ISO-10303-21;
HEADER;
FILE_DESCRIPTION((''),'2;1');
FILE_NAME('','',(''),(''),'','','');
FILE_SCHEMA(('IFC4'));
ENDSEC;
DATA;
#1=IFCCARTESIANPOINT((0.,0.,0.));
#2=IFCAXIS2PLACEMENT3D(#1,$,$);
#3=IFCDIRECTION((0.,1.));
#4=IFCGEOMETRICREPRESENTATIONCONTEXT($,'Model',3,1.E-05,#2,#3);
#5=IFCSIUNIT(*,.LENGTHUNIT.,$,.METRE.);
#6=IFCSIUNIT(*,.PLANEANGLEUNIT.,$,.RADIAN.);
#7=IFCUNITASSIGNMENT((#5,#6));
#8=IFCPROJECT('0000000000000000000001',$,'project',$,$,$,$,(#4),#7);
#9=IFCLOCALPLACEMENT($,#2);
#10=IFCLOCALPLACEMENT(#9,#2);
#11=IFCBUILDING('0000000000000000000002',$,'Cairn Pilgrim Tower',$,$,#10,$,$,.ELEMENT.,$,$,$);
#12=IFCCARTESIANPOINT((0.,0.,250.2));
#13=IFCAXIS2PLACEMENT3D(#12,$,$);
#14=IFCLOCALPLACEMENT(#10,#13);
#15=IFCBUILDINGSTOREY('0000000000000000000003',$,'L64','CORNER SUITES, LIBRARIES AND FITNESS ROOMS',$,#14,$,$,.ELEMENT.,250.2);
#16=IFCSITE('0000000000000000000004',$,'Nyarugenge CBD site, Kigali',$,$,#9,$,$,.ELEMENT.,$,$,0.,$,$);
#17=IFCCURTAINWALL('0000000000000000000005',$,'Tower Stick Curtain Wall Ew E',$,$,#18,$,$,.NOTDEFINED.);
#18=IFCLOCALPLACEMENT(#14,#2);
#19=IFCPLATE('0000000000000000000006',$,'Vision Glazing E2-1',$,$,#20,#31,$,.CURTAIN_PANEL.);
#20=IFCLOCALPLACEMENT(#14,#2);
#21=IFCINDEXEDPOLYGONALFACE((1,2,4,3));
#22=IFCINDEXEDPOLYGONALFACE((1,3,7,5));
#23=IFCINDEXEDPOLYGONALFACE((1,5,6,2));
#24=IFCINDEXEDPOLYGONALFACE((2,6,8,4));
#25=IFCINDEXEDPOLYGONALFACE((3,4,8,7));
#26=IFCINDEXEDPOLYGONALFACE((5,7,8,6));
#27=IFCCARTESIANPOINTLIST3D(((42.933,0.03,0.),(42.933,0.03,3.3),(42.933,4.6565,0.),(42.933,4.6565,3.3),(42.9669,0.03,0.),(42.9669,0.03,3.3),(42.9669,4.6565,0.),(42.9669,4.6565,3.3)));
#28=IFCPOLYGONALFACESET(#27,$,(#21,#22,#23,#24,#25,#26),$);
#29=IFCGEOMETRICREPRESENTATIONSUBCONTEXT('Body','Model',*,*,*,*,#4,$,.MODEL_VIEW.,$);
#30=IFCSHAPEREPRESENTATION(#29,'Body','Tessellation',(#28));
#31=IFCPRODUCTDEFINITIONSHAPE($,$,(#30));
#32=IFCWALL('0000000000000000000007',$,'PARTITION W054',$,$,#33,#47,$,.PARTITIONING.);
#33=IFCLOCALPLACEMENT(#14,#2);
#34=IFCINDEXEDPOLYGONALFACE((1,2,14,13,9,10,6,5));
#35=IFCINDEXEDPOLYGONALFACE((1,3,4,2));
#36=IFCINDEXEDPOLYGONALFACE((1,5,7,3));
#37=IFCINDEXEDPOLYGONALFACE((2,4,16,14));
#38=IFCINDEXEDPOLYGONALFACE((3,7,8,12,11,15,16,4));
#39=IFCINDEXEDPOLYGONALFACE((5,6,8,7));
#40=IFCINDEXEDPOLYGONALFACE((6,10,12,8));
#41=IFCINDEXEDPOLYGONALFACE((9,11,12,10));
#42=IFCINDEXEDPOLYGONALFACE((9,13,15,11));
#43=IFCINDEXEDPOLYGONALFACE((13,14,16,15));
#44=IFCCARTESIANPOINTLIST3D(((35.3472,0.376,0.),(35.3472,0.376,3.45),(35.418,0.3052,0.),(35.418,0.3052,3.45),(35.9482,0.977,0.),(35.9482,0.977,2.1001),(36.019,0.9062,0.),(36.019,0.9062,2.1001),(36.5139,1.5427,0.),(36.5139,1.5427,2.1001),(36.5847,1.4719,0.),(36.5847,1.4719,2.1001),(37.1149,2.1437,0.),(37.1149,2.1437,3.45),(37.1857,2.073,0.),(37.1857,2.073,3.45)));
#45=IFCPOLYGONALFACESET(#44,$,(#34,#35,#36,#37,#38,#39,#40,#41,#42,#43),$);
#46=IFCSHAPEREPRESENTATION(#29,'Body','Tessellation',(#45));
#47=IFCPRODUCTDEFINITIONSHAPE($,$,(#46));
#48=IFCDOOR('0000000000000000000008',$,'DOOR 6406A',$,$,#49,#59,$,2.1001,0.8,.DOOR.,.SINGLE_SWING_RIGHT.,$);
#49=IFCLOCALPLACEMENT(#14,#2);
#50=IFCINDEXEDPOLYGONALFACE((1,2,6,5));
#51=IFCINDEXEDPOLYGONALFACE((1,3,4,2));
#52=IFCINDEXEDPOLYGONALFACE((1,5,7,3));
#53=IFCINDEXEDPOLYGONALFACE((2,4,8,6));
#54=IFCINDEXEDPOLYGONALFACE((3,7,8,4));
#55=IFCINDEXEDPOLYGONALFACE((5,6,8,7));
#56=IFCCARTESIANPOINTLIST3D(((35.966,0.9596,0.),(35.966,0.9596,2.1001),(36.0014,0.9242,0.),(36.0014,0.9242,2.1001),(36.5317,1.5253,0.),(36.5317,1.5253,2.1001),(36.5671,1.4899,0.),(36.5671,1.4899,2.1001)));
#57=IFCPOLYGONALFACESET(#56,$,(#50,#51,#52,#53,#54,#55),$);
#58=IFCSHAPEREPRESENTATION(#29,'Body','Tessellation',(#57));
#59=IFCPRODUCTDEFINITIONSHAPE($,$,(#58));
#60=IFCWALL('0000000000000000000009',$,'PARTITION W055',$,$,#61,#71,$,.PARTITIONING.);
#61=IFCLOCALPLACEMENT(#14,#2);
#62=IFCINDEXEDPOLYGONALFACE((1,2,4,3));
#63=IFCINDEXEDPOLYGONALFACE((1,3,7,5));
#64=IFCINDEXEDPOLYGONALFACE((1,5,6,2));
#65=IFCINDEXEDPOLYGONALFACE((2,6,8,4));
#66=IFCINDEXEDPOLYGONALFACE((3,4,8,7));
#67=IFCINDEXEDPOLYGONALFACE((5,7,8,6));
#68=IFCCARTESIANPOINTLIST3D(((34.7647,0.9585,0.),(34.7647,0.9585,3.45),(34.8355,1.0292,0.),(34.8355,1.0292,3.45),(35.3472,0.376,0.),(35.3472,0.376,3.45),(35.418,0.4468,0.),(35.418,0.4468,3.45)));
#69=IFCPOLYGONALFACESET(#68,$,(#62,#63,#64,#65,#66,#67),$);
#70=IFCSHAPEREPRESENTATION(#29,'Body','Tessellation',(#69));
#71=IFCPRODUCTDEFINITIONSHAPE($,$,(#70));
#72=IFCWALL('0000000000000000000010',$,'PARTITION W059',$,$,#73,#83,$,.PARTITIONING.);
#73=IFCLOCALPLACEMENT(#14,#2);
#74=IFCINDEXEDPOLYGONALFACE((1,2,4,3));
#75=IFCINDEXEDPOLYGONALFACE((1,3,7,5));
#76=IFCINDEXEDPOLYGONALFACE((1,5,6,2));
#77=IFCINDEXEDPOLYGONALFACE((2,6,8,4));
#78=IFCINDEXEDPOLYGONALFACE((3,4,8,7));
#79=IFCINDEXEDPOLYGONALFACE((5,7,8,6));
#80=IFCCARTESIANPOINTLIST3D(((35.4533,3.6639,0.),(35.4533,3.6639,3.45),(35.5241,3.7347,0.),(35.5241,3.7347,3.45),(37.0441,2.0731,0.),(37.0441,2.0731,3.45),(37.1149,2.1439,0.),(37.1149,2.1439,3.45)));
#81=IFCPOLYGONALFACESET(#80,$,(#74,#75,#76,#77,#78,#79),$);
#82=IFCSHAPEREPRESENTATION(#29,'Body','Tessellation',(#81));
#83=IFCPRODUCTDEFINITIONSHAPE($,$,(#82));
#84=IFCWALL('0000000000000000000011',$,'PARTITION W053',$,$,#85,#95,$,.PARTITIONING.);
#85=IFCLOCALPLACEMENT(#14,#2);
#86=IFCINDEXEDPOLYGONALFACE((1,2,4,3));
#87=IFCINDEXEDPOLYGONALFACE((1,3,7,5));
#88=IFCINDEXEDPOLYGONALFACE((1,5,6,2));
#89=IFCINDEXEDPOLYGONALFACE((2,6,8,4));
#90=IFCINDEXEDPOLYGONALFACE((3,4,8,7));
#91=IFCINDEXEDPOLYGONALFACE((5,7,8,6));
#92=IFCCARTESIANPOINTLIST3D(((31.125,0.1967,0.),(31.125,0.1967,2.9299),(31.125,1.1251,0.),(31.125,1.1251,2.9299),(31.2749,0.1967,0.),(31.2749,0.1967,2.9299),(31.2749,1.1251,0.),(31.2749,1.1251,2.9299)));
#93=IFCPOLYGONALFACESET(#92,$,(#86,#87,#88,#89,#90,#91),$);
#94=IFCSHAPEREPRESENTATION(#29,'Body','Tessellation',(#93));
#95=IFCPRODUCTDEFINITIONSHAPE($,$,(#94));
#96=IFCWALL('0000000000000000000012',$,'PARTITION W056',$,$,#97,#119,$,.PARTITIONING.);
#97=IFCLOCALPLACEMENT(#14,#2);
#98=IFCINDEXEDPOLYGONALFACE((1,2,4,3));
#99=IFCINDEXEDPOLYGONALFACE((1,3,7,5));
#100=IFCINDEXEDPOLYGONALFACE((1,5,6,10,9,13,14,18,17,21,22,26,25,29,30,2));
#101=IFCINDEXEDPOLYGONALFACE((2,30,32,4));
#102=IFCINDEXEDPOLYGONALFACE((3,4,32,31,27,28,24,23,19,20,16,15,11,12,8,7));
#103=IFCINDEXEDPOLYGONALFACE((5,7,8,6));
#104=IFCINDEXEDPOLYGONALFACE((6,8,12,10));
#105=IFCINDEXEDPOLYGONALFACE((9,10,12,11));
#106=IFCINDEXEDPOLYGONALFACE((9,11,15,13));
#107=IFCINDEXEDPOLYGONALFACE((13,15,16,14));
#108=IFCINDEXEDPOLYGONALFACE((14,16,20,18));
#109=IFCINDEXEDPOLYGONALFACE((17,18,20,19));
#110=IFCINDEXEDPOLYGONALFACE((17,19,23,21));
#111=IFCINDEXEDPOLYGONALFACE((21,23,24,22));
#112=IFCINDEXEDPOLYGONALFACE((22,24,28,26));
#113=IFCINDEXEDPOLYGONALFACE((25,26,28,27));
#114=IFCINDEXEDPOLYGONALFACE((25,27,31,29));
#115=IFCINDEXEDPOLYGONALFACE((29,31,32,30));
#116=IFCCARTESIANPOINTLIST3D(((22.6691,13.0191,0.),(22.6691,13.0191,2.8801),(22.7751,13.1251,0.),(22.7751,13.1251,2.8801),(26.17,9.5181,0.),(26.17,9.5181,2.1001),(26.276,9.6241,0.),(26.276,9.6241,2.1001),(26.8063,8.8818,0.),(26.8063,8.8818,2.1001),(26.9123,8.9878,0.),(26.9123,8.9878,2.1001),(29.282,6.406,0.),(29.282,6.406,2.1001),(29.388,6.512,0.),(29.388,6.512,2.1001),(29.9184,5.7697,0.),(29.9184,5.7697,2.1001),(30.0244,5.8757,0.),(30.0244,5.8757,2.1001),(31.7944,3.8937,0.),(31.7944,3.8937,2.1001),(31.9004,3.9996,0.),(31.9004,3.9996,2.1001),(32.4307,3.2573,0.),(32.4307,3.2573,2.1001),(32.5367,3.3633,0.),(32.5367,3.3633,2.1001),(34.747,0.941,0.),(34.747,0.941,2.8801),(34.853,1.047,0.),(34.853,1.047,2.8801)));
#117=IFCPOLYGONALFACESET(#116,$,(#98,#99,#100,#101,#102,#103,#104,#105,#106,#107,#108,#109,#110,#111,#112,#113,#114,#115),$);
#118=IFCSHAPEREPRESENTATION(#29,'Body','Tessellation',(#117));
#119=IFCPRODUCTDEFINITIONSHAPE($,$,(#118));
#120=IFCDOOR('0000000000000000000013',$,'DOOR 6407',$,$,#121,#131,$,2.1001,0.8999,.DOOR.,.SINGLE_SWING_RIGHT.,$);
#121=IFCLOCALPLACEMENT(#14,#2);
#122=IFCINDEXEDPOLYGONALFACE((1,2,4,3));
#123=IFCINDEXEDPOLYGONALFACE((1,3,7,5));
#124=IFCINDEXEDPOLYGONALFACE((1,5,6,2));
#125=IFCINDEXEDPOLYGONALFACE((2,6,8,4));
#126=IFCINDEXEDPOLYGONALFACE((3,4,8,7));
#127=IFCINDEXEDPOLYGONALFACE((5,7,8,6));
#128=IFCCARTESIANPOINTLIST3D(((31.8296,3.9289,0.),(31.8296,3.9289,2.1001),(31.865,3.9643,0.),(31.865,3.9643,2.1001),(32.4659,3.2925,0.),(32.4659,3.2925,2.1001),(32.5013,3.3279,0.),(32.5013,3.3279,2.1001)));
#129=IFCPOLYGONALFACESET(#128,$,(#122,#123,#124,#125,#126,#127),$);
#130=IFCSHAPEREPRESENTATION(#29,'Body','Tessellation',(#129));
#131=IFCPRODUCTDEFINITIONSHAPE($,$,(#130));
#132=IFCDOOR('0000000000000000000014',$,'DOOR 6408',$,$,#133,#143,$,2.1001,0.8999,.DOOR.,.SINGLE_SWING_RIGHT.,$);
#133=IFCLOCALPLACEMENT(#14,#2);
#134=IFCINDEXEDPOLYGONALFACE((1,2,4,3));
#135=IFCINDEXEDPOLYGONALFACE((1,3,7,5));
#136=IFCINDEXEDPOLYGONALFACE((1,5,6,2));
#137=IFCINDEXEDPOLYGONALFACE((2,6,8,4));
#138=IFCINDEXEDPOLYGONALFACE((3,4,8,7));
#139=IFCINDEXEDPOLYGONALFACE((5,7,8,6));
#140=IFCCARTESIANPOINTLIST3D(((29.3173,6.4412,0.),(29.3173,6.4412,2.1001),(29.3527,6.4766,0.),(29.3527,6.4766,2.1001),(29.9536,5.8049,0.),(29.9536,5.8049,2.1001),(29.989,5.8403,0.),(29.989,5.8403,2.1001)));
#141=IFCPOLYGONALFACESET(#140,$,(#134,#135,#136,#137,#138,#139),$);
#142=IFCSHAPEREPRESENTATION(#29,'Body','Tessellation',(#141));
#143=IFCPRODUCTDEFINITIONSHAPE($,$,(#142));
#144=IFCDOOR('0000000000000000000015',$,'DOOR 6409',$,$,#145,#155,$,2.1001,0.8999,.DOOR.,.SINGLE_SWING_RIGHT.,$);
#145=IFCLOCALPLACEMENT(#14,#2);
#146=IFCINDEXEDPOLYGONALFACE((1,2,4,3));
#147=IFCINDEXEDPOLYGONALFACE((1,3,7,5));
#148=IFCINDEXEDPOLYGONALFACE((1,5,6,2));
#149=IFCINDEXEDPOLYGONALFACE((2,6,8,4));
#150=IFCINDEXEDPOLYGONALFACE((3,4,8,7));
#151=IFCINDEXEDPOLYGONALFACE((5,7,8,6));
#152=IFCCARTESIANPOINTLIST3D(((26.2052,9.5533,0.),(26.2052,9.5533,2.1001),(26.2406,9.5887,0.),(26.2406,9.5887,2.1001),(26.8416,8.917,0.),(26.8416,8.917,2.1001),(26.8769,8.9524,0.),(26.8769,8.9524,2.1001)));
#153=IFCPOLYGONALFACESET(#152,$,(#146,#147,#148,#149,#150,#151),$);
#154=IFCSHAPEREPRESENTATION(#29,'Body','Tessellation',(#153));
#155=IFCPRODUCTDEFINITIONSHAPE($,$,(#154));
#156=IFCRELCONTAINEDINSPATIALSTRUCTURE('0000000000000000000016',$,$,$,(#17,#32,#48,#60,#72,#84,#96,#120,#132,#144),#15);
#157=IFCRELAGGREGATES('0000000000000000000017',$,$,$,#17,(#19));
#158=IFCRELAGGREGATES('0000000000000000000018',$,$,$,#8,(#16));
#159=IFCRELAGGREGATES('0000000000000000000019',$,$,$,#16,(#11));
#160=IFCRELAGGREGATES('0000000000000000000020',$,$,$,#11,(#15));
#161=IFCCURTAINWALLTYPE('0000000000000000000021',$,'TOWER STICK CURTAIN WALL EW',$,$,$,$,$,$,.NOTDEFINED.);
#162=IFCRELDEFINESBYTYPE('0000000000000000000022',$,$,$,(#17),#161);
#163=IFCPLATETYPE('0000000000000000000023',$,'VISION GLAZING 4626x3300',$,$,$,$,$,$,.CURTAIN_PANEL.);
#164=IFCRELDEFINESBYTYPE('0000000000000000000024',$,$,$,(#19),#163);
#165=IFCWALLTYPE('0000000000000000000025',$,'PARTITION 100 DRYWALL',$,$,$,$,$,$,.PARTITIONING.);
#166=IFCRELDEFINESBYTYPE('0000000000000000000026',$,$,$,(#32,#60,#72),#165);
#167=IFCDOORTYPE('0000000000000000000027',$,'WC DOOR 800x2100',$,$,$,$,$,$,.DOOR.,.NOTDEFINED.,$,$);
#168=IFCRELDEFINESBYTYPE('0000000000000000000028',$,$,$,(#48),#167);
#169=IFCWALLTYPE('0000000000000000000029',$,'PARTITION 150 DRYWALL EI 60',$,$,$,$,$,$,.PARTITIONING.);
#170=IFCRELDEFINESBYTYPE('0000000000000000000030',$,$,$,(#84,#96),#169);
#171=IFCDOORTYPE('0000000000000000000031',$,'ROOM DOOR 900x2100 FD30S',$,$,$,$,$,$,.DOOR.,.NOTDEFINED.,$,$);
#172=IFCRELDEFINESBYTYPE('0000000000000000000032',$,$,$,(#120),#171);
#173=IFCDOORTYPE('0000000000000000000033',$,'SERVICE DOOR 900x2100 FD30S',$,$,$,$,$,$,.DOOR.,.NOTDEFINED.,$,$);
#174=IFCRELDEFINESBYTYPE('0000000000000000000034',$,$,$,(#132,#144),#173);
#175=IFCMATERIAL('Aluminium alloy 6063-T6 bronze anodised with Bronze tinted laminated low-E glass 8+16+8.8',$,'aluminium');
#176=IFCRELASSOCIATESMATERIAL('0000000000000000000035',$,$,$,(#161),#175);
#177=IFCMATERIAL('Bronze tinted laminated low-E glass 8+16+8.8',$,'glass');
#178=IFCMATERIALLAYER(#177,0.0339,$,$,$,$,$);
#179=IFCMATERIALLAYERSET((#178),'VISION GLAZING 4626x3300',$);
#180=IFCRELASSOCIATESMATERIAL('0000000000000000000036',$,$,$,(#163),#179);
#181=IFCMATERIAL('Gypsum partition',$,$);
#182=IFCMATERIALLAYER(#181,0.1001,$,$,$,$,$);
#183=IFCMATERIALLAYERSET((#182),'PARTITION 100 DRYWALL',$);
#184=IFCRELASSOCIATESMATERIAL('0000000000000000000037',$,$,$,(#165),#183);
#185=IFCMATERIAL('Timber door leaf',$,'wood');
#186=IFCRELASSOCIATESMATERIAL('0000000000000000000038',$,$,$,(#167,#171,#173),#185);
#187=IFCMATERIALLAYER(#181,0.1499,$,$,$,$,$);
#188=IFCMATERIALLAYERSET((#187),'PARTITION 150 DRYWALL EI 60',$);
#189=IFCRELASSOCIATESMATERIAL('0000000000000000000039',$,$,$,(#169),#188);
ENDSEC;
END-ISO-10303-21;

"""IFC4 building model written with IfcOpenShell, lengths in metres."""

from ifc_helpers import new_model, si_unit, direction, frame, frame_2d, origin, origin_2d, place, context, subcontext, project, spatial, rectangle, extrude, material, layer, layer_set, type_object, element, fill, aggregate, save


model = new_model("IFC4")

# Units and contexts
model_context = context("Model", 3, precision=1e-05, world=origin(), true_north=direction((0.0, 1.0)))
body_context = subcontext(model_context, "Body", "Model", "MODEL_VIEW")
ifc_project = project(units=[si_unit("LENGTHUNIT", "METRE"), si_unit("PLANEANGLEUNIT", "RADIAN")], contexts=[model_context])

# Site, building, storey
site_placement = place(None, origin())
site = spatial("IfcSite", under=ifc_project, at=site_placement, Name="Nyarugenge CBD site, Kigali", CompositionType="ELEMENT", RefElevation=0.0)
building_placement = place(site_placement, origin())
building = spatial("IfcBuilding", under=site, at=building_placement, Name="Cairn Pilgrim Tower", CompositionType="ELEMENT")
storey_placement = place(building_placement, frame((0.0, 0.0, 250.2)))
storey = spatial("IfcBuildingStorey", under=building, at=storey_placement, Name="L64", Description="CORNER SUITES, LIBRARIES AND FITNESS ROOMS", CompositionType="ELEMENT", Elevation=250.2)

# Curtain wall
ifc_material_1 = material(Name="Aluminium alloy 6063-T6 bronze anodised with Bronze tinted laminated low-E glass 8+16+8.8", Category="aluminium")
curtain_wall_type_1 = type_object("IfcCurtainWallType", Name="TOWER STICK CURTAIN WALL EW", PredefinedType="NOTDEFINED", material=ifc_material_1)
curtain_wall_1_placement = place(storey_placement, origin())
curtain_wall_1 = element("IfcCurtainWall", 1, at=curtain_wall_1_placement, inside=storey, type_object=curtain_wall_type_1, Name="Tower Stick Curtain Wall Ew E", PredefinedType="NOTDEFINED")

# Plate
ifc_material_2 = material(Name="Bronze tinted laminated low-E glass 8+16+8.8", Category="glass")
ifc_layer_1 = layer(ifc_material_2, 0.0339)
ifc_layer_set_1 = layer_set([ifc_layer_1], Name="VISION GLAZING 4626x3300")
plate_type_1 = type_object("IfcPlateType", Name="VISION GLAZING 4626x3300", PredefinedType="CURTAIN_PANEL", material=ifc_layer_set_1)
plate_1_placement = place(storey_placement, frame((42.95, 2.3433, 0.0), z_axis=(0.0, 0.0, 1.0), x_axis=(0.0, 1.0, 0.0)))
plate_1 = element("IfcPlate", 2, at=plate_1_placement, type_object=plate_type_1, Name="Vision Glazing E2-1", PredefinedType="CURTAIN_PANEL", context=body_context, shape_type="SweptSolid", body=[
    extrude(rectangle(XDim=4.6265, YDim=0.0339, at=origin_2d()), origin(), (0.0, 0.0, 1.0), 3.3),
])
aggregate(curtain_wall_1, [plate_1])

# Wall, opening, door
ifc_material_3 = material(Name="Gypsum partition")
ifc_layer_2 = layer(ifc_material_3, 0.1001)
ifc_layer_set_2 = layer_set([ifc_layer_2], Name="PARTITION 100 DRYWALL")
wall_type_1 = type_object("IfcWallType", Name="PARTITION 100 DRYWALL", PredefinedType="PARTITIONING", material=ifc_layer_set_2)
wall_1_placement = place(storey_placement, frame((35.3826, 0.3406, 0.0), z_axis=(0.0, 0.0, 1.0), x_axis=(0.707107, 0.707107, 0.0)))
wall_1 = element("IfcWall", 3, at=wall_1_placement, inside=storey, type_object=wall_type_1, Name="PARTITION W054", PredefinedType="PARTITIONING", context=body_context, shape_type="SweptSolid", body=[
    extrude(rectangle(XDim=2.5, YDim=0.1001, at=frame_2d((1.25, 0.0))), origin(), (0.0, 0.0, 1.0), 3.45),
])
opening_1_placement = place(wall_1_placement, frame((0.8501, 0.0, 0.0)))
opening_1 = element("IfcOpeningElement", 4, at=opening_1_placement, cuts=wall_1, PredefinedType="OPENING", context=body_context, shape_type="SweptSolid", body=[
    extrude(rectangle(XDim=0.8, YDim=2.1001, at=frame_2d((0.3999, 1.05))), frame((0.0, 0.0601, 0.0), z_axis=(0.0, -1.0, 0.0), x_axis=(1.0, 0.0, 0.0)), (0.0, 0.0, 1.0), 0.1201),
])
ifc_material_4 = material(Name="Timber door leaf", Category="wood")
door_type_1 = type_object("IfcDoorType", Name="WC DOOR 800x2100", OperationType="NOTDEFINED", PredefinedType="DOOR", material=ifc_material_4)
door_1_placement = place(opening_1_placement, frame((0.8, 0.0, 0.0), z_axis=(0.0, 0.0, 1.0), x_axis=(-1.0, 0.0, 0.0)))
door_1 = element("IfcDoor", 5, at=door_1_placement, inside=storey, type_object=door_type_1, Name="DOOR 6406A", OperationType="SINGLE_SWING_RIGHT", OverallHeight=2.1001, OverallWidth=0.8, PredefinedType="DOOR", context=body_context, shape_type="SweptSolid", body=[
    extrude(rectangle(XDim=0.8, YDim=2.1001, at=frame_2d((0.3999, 1.05))), frame((0.0, 0.0249, 0.0), z_axis=(0.0, -1.0, 0.0), x_axis=(1.0, 0.0, 0.0)), (0.0, 0.0, 1.0), 0.05),
])
fill(opening_1, door_1)

# Walls
wall_2_placement = place(storey_placement, frame((35.3826, 0.4114, 0.0), z_axis=(0.0, 0.0, 1.0), x_axis=(-0.707107, 0.707107, 0.0)))
element("IfcWall", 6, at=wall_2_placement, inside=storey, type_object=wall_type_1, Name="PARTITION W055", PredefinedType="PARTITIONING", context=body_context, shape_type="SweptSolid", body=[
    extrude(rectangle(XDim=0.8237, YDim=0.1001, at=frame_2d((0.4119, 0.0))), origin(), (0.0, 0.0, 1.0), 3.45),
])
wall_3_placement = place(storey_placement, frame((37.0796, 2.1084, 0.0), z_axis=(0.0, 0.0, 1.0), x_axis=(-0.707107, 0.707107, 0.0)))
element("IfcWall", 7, at=wall_3_placement, inside=storey, type_object=wall_type_1, Name="PARTITION W059", PredefinedType="PARTITIONING", context=body_context, shape_type="SweptSolid", body=[
    extrude(rectangle(XDim=2.2498, YDim=0.1001, at=frame_2d((1.125, 0.0))), origin(), (0.0, 0.0, 1.0), 3.45),
])
ifc_layer_3 = layer(ifc_material_3, 0.1499)
ifc_layer_set_3 = layer_set([ifc_layer_3], Name="PARTITION 150 DRYWALL EI 60")
wall_type_2 = type_object("IfcWallType", Name="PARTITION 150 DRYWALL EI 60", PredefinedType="PARTITIONING", material=ifc_layer_set_3)
wall_4_placement = place(storey_placement, frame((31.2, 0.1965, 0.0), z_axis=(0.0, 0.0, 1.0), x_axis=(0.0, 1.0, 0.0)))
element("IfcWall", 8, at=wall_4_placement, inside=storey, type_object=wall_type_2, Name="PARTITION W053", PredefinedType="PARTITIONING", context=body_context, shape_type="SweptSolid", body=[
    extrude(rectangle(XDim=0.9285, YDim=0.1499, at=frame_2d((0.4644, 0.0))), origin(), (0.0, 0.0, 1.0), 2.9299),
])

# Wall, openings, doors
wall_5_placement = place(storey_placement, frame((34.8, 0.9939, 0.0), z_axis=(0.0, 0.0, 1.0), x_axis=(-0.7071, 0.707114, 0.0)))
wall_5 = element("IfcWall", 9, at=wall_5_placement, inside=storey, type_object=wall_type_2, Name="PARTITION W056", PredefinedType="PARTITIONING", context=body_context, shape_type="SweptSolid", body=[
    extrude(rectangle(XDim=17.0808, YDim=0.1499, at=frame_2d((8.5405, 0.0))), origin(), (0.0, 0.0, 1.0), 2.8801),
])
opening_2_placement = place(wall_5_placement, frame((3.2759, 0.0, 0.0)))
opening_2 = element("IfcOpeningElement", 10, at=opening_2_placement, cuts=wall_5, PredefinedType="OPENING", context=body_context, shape_type="SweptSolid", body=[
    extrude(rectangle(XDim=0.8999, YDim=2.1001, at=frame_2d((0.45, 1.05))), frame((0.0, 0.085, 0.0), z_axis=(0.0, -1.0, 0.0), x_axis=(1.0, 0.0, 0.0)), (0.0, 0.0, 1.0), 0.1699),
])
opening_3_placement = place(wall_5_placement, frame((6.8289, 0.0, 0.0)))
opening_3 = element("IfcOpeningElement", 11, at=opening_3_placement, cuts=wall_5, PredefinedType="OPENING", context=body_context, shape_type="SweptSolid", body=[
    extrude(rectangle(XDim=0.8999, YDim=2.1001, at=frame_2d((0.45, 1.05))), frame((0.0, 0.085, 0.0), z_axis=(0.0, -1.0, 0.0), x_axis=(1.0, 0.0, 0.0)), (0.0, 0.0, 1.0), 0.1699),
])
opening_4_placement = place(wall_5_placement, frame((11.23, 0.0, 0.0)))
opening_4 = element("IfcOpeningElement", 12, at=opening_4_placement, cuts=wall_5, PredefinedType="OPENING", context=body_context, shape_type="SweptSolid", body=[
    extrude(rectangle(XDim=0.8999, YDim=2.1001, at=frame_2d((0.45, 1.05))), frame((0.0, 0.085, 0.0), z_axis=(0.0, -1.0, 0.0), x_axis=(1.0, 0.0, 0.0)), (0.0, 0.0, 1.0), 0.1699),
])
door_type_2 = type_object("IfcDoorType", Name="ROOM DOOR 900x2100 FD30S", OperationType="NOTDEFINED", PredefinedType="DOOR", material=ifc_material_4)
door_2_placement = place(opening_2_placement, frame((0.8999, 0.0, 0.0), z_axis=(0.0, 0.0, 1.0), x_axis=(-1.0, 0.0, 0.0)))
door_2 = element("IfcDoor", 13, at=door_2_placement, inside=storey, type_object=door_type_2, Name="DOOR 6407", OperationType="SINGLE_SWING_RIGHT", OverallHeight=2.1001, OverallWidth=0.8999, PredefinedType="DOOR", context=body_context, shape_type="SweptSolid", body=[
    extrude(rectangle(XDim=0.8999, YDim=2.1001, at=frame_2d((0.45, 1.05))), frame((0.0, 0.0249, 0.0), z_axis=(0.0, -1.0, 0.0), x_axis=(1.0, 0.0, 0.0)), (0.0, 0.0, 1.0), 0.05),
])
fill(opening_2, door_2)
door_type_3 = type_object("IfcDoorType", Name="SERVICE DOOR 900x2100 FD30S", OperationType="NOTDEFINED", PredefinedType="DOOR", material=ifc_material_4)
door_3_placement = place(opening_3_placement, frame((0.8999, 0.0, 0.0), z_axis=(0.0, 0.0, 1.0), x_axis=(-1.0, 0.0, 0.0)))
door_3 = element("IfcDoor", 14, at=door_3_placement, inside=storey, type_object=door_type_3, Name="DOOR 6408", OperationType="SINGLE_SWING_RIGHT", OverallHeight=2.1001, OverallWidth=0.8999, PredefinedType="DOOR", context=body_context, shape_type="SweptSolid", body=[
    extrude(rectangle(XDim=0.8999, YDim=2.1001, at=frame_2d((0.45, 1.05))), frame((0.0, 0.0249, 0.0), z_axis=(0.0, -1.0, 0.0), x_axis=(1.0, 0.0, 0.0)), (0.0, 0.0, 1.0), 0.05),
])
fill(opening_3, door_3)
door_4_placement = place(opening_4_placement, frame((0.8999, 0.0, 0.0), z_axis=(0.0, 0.0, 1.0), x_axis=(-1.0, 0.0, 0.0)))
door_4 = element("IfcDoor", 15, at=door_4_placement, inside=storey, type_object=door_type_3, Name="DOOR 6409", OperationType="SINGLE_SWING_RIGHT", OverallHeight=2.1001, OverallWidth=0.8999, PredefinedType="DOOR", context=body_context, shape_type="SweptSolid", body=[
    extrude(rectangle(XDim=0.8999, YDim=2.1001, at=frame_2d((0.45, 1.05))), frame((0.0, 0.0249, 0.0), z_axis=(0.0, -1.0, 0.0), x_axis=(1.0, 0.0, 0.0)), (0.0, 0.0, 1.0), 0.05),
])
fill(opening_4, door_4)

save(model, "model.ifc")
